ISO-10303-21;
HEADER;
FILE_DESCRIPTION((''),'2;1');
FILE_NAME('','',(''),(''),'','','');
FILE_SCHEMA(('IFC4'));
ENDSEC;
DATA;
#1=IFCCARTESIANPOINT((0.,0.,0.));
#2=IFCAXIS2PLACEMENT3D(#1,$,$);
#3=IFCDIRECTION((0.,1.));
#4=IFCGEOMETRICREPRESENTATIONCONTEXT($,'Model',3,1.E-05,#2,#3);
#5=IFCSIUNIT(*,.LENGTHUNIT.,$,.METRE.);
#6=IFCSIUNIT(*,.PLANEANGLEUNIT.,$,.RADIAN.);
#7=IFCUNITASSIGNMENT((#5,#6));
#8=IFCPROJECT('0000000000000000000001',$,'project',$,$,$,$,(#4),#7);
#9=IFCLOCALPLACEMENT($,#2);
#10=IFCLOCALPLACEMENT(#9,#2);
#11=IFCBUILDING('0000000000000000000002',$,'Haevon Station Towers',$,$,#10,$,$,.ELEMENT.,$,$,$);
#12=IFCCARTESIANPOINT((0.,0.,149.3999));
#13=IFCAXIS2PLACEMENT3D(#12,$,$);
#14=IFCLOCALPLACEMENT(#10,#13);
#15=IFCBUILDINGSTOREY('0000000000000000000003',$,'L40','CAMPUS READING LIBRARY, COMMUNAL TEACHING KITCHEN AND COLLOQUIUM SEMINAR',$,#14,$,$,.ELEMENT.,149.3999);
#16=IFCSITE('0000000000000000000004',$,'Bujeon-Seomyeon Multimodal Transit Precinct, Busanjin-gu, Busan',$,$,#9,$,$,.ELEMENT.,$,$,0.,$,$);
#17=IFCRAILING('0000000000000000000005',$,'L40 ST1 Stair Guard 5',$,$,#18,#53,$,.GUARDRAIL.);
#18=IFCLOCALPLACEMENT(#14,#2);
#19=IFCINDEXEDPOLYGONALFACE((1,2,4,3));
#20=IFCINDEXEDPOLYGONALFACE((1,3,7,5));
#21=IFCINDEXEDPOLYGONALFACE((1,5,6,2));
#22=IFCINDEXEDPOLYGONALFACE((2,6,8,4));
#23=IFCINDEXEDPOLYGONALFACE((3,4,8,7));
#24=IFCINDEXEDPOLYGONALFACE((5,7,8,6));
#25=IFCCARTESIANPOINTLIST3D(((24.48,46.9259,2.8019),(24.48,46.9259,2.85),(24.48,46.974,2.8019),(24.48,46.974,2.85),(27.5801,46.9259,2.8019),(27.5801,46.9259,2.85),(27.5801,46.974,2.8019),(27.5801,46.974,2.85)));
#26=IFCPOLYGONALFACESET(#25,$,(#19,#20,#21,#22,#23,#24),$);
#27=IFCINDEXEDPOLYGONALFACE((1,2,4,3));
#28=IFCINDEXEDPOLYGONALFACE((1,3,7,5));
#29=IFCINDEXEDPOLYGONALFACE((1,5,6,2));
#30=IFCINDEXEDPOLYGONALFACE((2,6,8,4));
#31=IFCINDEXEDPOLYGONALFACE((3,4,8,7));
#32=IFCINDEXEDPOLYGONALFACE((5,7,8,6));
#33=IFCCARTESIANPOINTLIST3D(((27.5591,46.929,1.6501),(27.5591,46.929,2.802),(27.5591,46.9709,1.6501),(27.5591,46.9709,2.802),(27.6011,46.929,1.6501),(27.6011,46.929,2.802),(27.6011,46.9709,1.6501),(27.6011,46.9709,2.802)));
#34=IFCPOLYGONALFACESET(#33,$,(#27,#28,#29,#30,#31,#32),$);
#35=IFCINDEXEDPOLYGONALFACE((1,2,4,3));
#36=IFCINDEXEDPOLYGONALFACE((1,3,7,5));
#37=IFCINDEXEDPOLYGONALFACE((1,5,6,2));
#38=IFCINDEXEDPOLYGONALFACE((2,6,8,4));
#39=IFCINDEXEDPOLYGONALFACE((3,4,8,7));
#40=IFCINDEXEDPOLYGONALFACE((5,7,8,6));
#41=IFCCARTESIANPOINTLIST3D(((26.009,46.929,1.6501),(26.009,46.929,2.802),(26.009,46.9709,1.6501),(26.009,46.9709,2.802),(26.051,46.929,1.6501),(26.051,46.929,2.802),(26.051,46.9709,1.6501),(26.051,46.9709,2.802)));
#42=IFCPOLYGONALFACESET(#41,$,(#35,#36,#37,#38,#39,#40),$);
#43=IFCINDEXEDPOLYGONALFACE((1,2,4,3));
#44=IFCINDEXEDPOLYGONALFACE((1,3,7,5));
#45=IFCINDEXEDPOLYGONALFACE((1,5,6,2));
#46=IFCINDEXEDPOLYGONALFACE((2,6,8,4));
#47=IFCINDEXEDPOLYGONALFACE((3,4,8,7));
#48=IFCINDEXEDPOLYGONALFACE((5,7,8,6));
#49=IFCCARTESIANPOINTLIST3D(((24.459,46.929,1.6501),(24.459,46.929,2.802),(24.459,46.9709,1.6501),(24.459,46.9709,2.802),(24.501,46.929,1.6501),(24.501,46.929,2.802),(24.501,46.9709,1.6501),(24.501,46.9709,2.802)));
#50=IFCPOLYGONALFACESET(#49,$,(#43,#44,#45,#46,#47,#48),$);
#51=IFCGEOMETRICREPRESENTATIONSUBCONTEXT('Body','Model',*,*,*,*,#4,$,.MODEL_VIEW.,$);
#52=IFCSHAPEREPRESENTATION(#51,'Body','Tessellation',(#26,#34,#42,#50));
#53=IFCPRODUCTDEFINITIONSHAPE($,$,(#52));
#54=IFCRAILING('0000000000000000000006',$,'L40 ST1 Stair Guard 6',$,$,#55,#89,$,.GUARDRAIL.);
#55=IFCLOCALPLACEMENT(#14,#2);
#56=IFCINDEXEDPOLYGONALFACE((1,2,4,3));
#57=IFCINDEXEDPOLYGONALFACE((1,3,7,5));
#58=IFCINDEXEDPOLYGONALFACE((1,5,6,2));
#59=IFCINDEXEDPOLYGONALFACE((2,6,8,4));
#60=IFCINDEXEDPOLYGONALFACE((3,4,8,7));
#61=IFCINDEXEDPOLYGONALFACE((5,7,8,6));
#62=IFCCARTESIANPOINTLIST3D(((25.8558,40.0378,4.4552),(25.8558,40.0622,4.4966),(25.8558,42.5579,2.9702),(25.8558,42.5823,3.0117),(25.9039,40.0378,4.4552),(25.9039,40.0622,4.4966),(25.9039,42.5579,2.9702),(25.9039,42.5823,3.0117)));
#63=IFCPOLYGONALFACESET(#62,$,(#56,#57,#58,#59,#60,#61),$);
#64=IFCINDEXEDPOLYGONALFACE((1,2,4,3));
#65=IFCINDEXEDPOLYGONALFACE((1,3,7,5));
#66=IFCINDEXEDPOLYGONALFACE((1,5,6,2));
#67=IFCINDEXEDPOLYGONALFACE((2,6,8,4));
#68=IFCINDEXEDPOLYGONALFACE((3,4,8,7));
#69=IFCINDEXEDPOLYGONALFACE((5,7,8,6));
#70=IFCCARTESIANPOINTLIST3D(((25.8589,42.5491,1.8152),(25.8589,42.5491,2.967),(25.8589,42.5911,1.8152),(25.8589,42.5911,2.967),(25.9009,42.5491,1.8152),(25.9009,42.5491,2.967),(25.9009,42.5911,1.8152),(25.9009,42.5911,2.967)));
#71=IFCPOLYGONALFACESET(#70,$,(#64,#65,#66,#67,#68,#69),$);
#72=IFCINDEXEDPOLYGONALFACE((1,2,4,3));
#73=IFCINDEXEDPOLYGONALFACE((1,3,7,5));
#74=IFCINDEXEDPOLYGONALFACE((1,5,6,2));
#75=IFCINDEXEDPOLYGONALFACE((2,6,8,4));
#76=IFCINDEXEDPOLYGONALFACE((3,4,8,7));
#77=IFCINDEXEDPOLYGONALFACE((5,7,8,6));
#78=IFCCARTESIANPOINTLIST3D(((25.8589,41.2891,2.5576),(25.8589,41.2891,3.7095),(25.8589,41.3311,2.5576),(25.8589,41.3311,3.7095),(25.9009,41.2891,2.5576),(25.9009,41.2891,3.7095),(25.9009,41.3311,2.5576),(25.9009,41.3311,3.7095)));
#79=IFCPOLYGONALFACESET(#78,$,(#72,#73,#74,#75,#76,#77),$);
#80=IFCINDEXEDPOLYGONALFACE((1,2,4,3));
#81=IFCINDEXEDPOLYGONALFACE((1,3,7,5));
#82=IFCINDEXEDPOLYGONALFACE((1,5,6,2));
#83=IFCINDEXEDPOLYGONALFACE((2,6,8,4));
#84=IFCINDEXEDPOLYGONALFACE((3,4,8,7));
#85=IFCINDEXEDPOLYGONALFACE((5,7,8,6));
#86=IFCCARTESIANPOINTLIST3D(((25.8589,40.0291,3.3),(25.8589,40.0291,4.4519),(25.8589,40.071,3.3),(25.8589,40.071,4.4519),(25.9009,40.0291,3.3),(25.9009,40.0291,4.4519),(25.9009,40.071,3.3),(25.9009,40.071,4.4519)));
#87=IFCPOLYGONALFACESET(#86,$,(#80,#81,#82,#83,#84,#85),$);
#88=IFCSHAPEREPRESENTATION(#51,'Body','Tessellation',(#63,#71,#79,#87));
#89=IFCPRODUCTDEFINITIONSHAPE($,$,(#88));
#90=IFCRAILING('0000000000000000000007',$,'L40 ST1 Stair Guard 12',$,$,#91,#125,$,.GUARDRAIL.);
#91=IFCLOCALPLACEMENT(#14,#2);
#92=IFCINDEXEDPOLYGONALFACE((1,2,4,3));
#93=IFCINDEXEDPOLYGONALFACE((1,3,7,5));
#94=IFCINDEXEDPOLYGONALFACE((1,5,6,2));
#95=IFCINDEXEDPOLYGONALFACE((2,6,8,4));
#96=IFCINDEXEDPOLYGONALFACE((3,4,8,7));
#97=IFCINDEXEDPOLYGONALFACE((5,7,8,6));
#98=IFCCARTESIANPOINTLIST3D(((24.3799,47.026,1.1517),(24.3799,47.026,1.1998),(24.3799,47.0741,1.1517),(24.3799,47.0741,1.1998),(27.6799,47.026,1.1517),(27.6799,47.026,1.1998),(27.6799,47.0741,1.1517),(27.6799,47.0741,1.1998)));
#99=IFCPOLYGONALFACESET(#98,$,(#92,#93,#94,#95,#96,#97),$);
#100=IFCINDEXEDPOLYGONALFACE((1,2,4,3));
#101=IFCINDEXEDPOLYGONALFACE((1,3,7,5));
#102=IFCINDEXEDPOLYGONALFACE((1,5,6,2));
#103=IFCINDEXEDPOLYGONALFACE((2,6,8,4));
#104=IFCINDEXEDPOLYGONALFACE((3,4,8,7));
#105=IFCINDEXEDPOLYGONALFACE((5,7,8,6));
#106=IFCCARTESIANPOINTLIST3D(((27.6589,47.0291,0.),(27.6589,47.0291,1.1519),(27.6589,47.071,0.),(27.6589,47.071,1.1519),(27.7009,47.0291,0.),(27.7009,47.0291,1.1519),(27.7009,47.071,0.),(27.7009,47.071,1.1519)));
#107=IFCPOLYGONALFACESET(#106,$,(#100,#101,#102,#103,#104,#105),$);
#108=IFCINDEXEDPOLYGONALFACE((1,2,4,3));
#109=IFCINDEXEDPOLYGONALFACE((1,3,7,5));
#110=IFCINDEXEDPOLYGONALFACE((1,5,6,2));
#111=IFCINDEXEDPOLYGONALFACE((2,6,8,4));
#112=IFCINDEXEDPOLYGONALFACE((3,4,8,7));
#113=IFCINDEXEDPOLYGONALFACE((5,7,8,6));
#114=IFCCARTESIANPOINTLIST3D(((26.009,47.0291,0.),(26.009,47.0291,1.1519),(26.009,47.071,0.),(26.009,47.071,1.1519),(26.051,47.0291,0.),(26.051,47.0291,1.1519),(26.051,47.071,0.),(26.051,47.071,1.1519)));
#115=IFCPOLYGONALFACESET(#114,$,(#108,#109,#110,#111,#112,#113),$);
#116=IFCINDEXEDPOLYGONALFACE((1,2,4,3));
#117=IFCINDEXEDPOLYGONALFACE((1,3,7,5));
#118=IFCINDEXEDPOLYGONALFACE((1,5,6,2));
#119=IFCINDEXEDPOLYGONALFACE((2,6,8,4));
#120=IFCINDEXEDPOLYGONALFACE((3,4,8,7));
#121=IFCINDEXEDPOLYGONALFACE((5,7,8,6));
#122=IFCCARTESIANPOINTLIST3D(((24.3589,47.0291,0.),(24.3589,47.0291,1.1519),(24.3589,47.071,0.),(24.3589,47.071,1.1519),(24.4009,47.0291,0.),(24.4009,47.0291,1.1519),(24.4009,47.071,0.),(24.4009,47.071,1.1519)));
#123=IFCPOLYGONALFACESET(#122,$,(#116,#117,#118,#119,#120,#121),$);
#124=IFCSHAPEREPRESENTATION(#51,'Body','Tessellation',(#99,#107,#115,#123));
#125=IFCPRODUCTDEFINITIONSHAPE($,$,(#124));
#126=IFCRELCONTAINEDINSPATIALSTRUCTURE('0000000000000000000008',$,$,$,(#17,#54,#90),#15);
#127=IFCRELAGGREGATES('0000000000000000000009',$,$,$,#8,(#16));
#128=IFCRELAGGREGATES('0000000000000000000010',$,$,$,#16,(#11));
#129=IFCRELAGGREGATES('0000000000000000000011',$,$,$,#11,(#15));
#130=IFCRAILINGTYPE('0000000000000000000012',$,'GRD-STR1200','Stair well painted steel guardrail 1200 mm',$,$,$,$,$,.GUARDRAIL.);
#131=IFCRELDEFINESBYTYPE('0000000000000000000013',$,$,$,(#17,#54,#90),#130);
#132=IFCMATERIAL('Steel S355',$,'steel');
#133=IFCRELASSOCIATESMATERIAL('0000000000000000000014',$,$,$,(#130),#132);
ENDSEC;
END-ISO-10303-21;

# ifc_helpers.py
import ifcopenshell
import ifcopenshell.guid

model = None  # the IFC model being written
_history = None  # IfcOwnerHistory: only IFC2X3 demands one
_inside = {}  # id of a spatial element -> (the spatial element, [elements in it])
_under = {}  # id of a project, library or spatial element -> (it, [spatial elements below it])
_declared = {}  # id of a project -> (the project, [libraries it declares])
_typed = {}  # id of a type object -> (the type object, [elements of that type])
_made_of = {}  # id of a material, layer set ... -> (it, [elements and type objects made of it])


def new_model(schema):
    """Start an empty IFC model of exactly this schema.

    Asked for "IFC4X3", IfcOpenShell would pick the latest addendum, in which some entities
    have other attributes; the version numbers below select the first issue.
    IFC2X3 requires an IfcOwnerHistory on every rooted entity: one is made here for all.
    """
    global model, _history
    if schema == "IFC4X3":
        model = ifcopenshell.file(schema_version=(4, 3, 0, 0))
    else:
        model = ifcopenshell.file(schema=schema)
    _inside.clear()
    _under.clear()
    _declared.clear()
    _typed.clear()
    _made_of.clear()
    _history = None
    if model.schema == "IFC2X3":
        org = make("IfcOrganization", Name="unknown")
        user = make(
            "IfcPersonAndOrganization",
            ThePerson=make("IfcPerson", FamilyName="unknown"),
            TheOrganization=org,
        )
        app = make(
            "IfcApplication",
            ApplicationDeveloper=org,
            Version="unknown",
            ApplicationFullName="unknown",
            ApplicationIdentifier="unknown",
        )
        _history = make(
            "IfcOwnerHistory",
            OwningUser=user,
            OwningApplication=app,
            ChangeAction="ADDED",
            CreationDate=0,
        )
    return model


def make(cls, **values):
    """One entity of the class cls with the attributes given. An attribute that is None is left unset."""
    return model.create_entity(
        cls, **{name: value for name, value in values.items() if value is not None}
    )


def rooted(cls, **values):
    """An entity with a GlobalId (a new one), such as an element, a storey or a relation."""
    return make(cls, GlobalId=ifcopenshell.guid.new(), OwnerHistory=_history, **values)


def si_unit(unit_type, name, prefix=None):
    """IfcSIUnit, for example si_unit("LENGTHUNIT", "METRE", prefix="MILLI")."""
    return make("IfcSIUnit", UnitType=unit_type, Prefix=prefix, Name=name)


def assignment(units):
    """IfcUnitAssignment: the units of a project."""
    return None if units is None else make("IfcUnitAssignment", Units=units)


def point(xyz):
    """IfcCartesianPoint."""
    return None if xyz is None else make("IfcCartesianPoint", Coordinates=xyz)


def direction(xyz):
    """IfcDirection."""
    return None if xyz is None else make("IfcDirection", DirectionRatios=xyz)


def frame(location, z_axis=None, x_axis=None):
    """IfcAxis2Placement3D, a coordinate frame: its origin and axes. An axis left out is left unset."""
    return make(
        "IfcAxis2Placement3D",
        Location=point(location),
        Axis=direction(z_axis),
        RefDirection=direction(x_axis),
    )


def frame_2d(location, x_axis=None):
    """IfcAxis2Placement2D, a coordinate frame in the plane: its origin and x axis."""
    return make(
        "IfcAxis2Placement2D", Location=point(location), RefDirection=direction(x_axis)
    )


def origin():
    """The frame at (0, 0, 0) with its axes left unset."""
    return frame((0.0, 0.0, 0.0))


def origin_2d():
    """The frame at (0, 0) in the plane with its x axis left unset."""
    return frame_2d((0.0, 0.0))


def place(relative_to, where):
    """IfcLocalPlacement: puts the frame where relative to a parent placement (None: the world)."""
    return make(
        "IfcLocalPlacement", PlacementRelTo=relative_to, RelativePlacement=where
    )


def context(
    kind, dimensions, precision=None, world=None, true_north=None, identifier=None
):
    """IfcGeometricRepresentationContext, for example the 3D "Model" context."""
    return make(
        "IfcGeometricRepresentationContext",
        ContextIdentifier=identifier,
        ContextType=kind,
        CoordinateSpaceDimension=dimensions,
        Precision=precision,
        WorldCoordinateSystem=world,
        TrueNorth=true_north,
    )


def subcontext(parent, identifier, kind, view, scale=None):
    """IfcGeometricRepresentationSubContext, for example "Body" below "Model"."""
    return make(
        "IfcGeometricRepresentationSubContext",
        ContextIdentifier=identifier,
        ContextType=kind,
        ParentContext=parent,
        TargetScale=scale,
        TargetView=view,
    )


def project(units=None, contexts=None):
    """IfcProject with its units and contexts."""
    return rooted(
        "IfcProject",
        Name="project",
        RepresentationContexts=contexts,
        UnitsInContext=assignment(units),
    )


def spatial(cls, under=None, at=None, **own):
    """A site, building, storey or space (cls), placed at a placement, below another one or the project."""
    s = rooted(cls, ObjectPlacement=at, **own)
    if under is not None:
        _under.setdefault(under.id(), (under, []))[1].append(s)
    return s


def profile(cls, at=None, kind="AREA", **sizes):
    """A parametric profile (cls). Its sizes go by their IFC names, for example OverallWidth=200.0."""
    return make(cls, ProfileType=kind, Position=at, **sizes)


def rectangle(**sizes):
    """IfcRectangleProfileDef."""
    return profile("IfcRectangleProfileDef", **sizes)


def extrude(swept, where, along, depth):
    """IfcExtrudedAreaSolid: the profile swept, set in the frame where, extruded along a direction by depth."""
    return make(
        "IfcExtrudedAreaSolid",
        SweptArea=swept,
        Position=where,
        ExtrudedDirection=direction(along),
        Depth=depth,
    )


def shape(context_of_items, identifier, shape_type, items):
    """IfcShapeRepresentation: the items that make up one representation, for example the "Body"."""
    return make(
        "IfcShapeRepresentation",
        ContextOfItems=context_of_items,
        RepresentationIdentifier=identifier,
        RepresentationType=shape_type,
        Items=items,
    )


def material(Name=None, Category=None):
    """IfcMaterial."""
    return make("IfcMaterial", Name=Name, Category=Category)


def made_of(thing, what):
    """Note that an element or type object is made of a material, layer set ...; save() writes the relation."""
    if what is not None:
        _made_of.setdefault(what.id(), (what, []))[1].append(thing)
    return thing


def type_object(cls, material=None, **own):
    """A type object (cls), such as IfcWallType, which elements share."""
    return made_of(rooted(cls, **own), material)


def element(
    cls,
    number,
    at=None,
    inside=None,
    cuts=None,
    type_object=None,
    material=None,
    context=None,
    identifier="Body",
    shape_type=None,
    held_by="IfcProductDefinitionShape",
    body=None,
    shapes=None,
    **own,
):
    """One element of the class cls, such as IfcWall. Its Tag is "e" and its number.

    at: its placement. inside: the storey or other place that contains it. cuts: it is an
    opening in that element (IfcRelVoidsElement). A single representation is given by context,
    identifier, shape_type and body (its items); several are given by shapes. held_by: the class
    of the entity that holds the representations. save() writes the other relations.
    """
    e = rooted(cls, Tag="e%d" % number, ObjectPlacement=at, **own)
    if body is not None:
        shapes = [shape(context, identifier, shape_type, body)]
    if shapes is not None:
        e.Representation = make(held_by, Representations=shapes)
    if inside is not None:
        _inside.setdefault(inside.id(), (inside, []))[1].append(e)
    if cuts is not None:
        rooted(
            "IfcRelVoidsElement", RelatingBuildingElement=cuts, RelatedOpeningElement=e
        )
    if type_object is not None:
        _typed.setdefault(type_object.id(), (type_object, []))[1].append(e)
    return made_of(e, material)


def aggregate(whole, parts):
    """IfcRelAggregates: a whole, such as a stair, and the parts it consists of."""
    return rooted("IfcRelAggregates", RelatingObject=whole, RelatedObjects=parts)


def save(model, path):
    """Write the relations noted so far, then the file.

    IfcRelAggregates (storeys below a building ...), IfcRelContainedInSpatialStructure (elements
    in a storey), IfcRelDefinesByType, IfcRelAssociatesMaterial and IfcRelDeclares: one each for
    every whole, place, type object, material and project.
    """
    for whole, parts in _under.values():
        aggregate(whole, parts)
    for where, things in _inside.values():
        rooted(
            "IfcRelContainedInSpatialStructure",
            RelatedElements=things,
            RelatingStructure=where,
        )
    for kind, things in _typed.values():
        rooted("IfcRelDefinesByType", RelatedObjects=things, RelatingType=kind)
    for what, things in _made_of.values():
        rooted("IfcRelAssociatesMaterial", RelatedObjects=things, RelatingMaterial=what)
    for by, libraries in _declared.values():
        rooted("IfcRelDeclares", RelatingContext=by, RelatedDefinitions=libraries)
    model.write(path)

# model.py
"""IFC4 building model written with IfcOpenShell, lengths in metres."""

from ifc_helpers import new_model, si_unit, direction, frame, origin, origin_2d, place, context, subcontext, project, spatial, rectangle, extrude, material, type_object, element, save


model = new_model("IFC4")

# Units and contexts
model_context = context("Model", 3, precision=1e-05, world=origin(), true_north=direction((0.0, 1.0)))
body_context = subcontext(model_context, "Body", "Model", "MODEL_VIEW")
ifc_project = project(units=[si_unit("LENGTHUNIT", "METRE"), si_unit("PLANEANGLEUNIT", "RADIAN")], contexts=[model_context])

# Site, building, storey
site_placement = place(None, origin())
site = spatial("IfcSite", under=ifc_project, at=site_placement, Name="Bujeon-Seomyeon Multimodal Transit Precinct, Busanjin-gu, Busan", CompositionType="ELEMENT", RefElevation=0.0)
building_placement = place(site_placement, origin())
building = spatial("IfcBuilding", under=site, at=building_placement, Name="Haevon Station Towers", CompositionType="ELEMENT")
storey_placement = place(building_placement, frame((0.0, 0.0, 149.3999)))
storey = spatial("IfcBuildingStorey", under=building, at=storey_placement, Name="L40", Description="CAMPUS READING LIBRARY, COMMUNAL TEACHING KITCHEN AND COLLOQUIUM SEMINAR", CompositionType="ELEMENT", Elevation=149.3999)

# Shared definitions
ifc_material_1 = material(Name="Steel S355", Category="steel")

# Railings
railing_type = type_object("IfcRailingType", Name="GRD-STR1200", Description="Stair well painted steel guardrail 1200 mm", PredefinedType="GUARDRAIL", material=ifc_material_1)
railing_1_placement = place(storey_placement, frame((27.5801, 46.95, 1.6501)))
element("IfcRailing", 1, at=railing_1_placement, inside=storey, type_object=railing_type, Name="L40 ST1 Stair Guard 5", PredefinedType="GUARDRAIL", context=body_context, shape_type="SweptSolid", body=[
    extrude(rectangle(XDim=0.0481, YDim=0.0481, at=origin_2d()), frame((0.0, 0.0, 1.1758), z_axis=(-1.0, 0.0, 0.0), x_axis=(0.0, -1.0, 0.0)), (0.0, 0.0, 1.0), 3.1001),
    extrude(rectangle(XDim=0.042, YDim=0.042, at=origin_2d()), origin(), (0.0, 0.0, 1.0), 1.1519),
    extrude(rectangle(XDim=0.042, YDim=0.042, at=origin_2d()), frame((-1.55, 0.0, 0.0)), (0.0, 0.0, 1.0), 1.1519),
    extrude(rectangle(XDim=0.042, YDim=0.042, at=origin_2d()), frame((-3.1001, 0.0, 0.0)), (0.0, 0.0, 1.0), 1.1519),
])
railing_2_placement = place(storey_placement, frame((25.8799, 42.5701, 1.8152)))
element("IfcRailing", 2, at=railing_2_placement, inside=storey, type_object=railing_type, Name="L40 ST1 Stair Guard 6", PredefinedType="GUARDRAIL", context=body_context, shape_type="SweptSolid", body=[
    extrude(rectangle(XDim=0.0481, YDim=0.0481, at=origin_2d()), frame((0.0, 0.0, 1.1758), z_axis=(0.0, -0.861561, 0.507655), x_axis=(1.0, 0.0, 0.0)), (0.0, 0.0, 1.0), 2.925),
    extrude(rectangle(XDim=0.042, YDim=0.042, at=origin_2d()), origin(), (0.0, 0.0, 1.0), 1.1519),
    extrude(rectangle(XDim=0.042, YDim=0.042, at=origin_2d()), frame((0.0, -1.26, 0.7424)), (0.0, 0.0, 1.0), 1.1519),
    extrude(rectangle(XDim=0.042, YDim=0.042, at=origin_2d()), frame((0.0, -2.52, 1.4849)), (0.0, 0.0, 1.0), 1.1519),
])
railing_3_placement = place(storey_placement, frame((27.6799, 47.05, 0.0)))
element("IfcRailing", 3, at=railing_3_placement, inside=storey, type_object=railing_type, Name="L40 ST1 Stair Guard 12", PredefinedType="GUARDRAIL", context=body_context, shape_type="SweptSolid", body=[
    extrude(rectangle(XDim=0.0481, YDim=0.0481, at=origin_2d()), frame((0.0, 0.0, 1.1758), z_axis=(-1.0, 0.0, 0.0), x_axis=(0.0, -1.0, 0.0)), (0.0, 0.0, 1.0), 3.3),
    extrude(rectangle(XDim=0.042, YDim=0.042, at=origin_2d()), origin(), (0.0, 0.0, 1.0), 1.1519),
    extrude(rectangle(XDim=0.042, YDim=0.042, at=origin_2d()), frame((-1.6499, 0.0, 0.0)), (0.0, 0.0, 1.0), 1.1519),
    extrude(rectangle(XDim=0.042, YDim=0.042, at=origin_2d()), frame((-3.3, 0.0, 0.0)), (0.0, 0.0, 1.0), 1.1519),
])

save(model, "model.ifc")
